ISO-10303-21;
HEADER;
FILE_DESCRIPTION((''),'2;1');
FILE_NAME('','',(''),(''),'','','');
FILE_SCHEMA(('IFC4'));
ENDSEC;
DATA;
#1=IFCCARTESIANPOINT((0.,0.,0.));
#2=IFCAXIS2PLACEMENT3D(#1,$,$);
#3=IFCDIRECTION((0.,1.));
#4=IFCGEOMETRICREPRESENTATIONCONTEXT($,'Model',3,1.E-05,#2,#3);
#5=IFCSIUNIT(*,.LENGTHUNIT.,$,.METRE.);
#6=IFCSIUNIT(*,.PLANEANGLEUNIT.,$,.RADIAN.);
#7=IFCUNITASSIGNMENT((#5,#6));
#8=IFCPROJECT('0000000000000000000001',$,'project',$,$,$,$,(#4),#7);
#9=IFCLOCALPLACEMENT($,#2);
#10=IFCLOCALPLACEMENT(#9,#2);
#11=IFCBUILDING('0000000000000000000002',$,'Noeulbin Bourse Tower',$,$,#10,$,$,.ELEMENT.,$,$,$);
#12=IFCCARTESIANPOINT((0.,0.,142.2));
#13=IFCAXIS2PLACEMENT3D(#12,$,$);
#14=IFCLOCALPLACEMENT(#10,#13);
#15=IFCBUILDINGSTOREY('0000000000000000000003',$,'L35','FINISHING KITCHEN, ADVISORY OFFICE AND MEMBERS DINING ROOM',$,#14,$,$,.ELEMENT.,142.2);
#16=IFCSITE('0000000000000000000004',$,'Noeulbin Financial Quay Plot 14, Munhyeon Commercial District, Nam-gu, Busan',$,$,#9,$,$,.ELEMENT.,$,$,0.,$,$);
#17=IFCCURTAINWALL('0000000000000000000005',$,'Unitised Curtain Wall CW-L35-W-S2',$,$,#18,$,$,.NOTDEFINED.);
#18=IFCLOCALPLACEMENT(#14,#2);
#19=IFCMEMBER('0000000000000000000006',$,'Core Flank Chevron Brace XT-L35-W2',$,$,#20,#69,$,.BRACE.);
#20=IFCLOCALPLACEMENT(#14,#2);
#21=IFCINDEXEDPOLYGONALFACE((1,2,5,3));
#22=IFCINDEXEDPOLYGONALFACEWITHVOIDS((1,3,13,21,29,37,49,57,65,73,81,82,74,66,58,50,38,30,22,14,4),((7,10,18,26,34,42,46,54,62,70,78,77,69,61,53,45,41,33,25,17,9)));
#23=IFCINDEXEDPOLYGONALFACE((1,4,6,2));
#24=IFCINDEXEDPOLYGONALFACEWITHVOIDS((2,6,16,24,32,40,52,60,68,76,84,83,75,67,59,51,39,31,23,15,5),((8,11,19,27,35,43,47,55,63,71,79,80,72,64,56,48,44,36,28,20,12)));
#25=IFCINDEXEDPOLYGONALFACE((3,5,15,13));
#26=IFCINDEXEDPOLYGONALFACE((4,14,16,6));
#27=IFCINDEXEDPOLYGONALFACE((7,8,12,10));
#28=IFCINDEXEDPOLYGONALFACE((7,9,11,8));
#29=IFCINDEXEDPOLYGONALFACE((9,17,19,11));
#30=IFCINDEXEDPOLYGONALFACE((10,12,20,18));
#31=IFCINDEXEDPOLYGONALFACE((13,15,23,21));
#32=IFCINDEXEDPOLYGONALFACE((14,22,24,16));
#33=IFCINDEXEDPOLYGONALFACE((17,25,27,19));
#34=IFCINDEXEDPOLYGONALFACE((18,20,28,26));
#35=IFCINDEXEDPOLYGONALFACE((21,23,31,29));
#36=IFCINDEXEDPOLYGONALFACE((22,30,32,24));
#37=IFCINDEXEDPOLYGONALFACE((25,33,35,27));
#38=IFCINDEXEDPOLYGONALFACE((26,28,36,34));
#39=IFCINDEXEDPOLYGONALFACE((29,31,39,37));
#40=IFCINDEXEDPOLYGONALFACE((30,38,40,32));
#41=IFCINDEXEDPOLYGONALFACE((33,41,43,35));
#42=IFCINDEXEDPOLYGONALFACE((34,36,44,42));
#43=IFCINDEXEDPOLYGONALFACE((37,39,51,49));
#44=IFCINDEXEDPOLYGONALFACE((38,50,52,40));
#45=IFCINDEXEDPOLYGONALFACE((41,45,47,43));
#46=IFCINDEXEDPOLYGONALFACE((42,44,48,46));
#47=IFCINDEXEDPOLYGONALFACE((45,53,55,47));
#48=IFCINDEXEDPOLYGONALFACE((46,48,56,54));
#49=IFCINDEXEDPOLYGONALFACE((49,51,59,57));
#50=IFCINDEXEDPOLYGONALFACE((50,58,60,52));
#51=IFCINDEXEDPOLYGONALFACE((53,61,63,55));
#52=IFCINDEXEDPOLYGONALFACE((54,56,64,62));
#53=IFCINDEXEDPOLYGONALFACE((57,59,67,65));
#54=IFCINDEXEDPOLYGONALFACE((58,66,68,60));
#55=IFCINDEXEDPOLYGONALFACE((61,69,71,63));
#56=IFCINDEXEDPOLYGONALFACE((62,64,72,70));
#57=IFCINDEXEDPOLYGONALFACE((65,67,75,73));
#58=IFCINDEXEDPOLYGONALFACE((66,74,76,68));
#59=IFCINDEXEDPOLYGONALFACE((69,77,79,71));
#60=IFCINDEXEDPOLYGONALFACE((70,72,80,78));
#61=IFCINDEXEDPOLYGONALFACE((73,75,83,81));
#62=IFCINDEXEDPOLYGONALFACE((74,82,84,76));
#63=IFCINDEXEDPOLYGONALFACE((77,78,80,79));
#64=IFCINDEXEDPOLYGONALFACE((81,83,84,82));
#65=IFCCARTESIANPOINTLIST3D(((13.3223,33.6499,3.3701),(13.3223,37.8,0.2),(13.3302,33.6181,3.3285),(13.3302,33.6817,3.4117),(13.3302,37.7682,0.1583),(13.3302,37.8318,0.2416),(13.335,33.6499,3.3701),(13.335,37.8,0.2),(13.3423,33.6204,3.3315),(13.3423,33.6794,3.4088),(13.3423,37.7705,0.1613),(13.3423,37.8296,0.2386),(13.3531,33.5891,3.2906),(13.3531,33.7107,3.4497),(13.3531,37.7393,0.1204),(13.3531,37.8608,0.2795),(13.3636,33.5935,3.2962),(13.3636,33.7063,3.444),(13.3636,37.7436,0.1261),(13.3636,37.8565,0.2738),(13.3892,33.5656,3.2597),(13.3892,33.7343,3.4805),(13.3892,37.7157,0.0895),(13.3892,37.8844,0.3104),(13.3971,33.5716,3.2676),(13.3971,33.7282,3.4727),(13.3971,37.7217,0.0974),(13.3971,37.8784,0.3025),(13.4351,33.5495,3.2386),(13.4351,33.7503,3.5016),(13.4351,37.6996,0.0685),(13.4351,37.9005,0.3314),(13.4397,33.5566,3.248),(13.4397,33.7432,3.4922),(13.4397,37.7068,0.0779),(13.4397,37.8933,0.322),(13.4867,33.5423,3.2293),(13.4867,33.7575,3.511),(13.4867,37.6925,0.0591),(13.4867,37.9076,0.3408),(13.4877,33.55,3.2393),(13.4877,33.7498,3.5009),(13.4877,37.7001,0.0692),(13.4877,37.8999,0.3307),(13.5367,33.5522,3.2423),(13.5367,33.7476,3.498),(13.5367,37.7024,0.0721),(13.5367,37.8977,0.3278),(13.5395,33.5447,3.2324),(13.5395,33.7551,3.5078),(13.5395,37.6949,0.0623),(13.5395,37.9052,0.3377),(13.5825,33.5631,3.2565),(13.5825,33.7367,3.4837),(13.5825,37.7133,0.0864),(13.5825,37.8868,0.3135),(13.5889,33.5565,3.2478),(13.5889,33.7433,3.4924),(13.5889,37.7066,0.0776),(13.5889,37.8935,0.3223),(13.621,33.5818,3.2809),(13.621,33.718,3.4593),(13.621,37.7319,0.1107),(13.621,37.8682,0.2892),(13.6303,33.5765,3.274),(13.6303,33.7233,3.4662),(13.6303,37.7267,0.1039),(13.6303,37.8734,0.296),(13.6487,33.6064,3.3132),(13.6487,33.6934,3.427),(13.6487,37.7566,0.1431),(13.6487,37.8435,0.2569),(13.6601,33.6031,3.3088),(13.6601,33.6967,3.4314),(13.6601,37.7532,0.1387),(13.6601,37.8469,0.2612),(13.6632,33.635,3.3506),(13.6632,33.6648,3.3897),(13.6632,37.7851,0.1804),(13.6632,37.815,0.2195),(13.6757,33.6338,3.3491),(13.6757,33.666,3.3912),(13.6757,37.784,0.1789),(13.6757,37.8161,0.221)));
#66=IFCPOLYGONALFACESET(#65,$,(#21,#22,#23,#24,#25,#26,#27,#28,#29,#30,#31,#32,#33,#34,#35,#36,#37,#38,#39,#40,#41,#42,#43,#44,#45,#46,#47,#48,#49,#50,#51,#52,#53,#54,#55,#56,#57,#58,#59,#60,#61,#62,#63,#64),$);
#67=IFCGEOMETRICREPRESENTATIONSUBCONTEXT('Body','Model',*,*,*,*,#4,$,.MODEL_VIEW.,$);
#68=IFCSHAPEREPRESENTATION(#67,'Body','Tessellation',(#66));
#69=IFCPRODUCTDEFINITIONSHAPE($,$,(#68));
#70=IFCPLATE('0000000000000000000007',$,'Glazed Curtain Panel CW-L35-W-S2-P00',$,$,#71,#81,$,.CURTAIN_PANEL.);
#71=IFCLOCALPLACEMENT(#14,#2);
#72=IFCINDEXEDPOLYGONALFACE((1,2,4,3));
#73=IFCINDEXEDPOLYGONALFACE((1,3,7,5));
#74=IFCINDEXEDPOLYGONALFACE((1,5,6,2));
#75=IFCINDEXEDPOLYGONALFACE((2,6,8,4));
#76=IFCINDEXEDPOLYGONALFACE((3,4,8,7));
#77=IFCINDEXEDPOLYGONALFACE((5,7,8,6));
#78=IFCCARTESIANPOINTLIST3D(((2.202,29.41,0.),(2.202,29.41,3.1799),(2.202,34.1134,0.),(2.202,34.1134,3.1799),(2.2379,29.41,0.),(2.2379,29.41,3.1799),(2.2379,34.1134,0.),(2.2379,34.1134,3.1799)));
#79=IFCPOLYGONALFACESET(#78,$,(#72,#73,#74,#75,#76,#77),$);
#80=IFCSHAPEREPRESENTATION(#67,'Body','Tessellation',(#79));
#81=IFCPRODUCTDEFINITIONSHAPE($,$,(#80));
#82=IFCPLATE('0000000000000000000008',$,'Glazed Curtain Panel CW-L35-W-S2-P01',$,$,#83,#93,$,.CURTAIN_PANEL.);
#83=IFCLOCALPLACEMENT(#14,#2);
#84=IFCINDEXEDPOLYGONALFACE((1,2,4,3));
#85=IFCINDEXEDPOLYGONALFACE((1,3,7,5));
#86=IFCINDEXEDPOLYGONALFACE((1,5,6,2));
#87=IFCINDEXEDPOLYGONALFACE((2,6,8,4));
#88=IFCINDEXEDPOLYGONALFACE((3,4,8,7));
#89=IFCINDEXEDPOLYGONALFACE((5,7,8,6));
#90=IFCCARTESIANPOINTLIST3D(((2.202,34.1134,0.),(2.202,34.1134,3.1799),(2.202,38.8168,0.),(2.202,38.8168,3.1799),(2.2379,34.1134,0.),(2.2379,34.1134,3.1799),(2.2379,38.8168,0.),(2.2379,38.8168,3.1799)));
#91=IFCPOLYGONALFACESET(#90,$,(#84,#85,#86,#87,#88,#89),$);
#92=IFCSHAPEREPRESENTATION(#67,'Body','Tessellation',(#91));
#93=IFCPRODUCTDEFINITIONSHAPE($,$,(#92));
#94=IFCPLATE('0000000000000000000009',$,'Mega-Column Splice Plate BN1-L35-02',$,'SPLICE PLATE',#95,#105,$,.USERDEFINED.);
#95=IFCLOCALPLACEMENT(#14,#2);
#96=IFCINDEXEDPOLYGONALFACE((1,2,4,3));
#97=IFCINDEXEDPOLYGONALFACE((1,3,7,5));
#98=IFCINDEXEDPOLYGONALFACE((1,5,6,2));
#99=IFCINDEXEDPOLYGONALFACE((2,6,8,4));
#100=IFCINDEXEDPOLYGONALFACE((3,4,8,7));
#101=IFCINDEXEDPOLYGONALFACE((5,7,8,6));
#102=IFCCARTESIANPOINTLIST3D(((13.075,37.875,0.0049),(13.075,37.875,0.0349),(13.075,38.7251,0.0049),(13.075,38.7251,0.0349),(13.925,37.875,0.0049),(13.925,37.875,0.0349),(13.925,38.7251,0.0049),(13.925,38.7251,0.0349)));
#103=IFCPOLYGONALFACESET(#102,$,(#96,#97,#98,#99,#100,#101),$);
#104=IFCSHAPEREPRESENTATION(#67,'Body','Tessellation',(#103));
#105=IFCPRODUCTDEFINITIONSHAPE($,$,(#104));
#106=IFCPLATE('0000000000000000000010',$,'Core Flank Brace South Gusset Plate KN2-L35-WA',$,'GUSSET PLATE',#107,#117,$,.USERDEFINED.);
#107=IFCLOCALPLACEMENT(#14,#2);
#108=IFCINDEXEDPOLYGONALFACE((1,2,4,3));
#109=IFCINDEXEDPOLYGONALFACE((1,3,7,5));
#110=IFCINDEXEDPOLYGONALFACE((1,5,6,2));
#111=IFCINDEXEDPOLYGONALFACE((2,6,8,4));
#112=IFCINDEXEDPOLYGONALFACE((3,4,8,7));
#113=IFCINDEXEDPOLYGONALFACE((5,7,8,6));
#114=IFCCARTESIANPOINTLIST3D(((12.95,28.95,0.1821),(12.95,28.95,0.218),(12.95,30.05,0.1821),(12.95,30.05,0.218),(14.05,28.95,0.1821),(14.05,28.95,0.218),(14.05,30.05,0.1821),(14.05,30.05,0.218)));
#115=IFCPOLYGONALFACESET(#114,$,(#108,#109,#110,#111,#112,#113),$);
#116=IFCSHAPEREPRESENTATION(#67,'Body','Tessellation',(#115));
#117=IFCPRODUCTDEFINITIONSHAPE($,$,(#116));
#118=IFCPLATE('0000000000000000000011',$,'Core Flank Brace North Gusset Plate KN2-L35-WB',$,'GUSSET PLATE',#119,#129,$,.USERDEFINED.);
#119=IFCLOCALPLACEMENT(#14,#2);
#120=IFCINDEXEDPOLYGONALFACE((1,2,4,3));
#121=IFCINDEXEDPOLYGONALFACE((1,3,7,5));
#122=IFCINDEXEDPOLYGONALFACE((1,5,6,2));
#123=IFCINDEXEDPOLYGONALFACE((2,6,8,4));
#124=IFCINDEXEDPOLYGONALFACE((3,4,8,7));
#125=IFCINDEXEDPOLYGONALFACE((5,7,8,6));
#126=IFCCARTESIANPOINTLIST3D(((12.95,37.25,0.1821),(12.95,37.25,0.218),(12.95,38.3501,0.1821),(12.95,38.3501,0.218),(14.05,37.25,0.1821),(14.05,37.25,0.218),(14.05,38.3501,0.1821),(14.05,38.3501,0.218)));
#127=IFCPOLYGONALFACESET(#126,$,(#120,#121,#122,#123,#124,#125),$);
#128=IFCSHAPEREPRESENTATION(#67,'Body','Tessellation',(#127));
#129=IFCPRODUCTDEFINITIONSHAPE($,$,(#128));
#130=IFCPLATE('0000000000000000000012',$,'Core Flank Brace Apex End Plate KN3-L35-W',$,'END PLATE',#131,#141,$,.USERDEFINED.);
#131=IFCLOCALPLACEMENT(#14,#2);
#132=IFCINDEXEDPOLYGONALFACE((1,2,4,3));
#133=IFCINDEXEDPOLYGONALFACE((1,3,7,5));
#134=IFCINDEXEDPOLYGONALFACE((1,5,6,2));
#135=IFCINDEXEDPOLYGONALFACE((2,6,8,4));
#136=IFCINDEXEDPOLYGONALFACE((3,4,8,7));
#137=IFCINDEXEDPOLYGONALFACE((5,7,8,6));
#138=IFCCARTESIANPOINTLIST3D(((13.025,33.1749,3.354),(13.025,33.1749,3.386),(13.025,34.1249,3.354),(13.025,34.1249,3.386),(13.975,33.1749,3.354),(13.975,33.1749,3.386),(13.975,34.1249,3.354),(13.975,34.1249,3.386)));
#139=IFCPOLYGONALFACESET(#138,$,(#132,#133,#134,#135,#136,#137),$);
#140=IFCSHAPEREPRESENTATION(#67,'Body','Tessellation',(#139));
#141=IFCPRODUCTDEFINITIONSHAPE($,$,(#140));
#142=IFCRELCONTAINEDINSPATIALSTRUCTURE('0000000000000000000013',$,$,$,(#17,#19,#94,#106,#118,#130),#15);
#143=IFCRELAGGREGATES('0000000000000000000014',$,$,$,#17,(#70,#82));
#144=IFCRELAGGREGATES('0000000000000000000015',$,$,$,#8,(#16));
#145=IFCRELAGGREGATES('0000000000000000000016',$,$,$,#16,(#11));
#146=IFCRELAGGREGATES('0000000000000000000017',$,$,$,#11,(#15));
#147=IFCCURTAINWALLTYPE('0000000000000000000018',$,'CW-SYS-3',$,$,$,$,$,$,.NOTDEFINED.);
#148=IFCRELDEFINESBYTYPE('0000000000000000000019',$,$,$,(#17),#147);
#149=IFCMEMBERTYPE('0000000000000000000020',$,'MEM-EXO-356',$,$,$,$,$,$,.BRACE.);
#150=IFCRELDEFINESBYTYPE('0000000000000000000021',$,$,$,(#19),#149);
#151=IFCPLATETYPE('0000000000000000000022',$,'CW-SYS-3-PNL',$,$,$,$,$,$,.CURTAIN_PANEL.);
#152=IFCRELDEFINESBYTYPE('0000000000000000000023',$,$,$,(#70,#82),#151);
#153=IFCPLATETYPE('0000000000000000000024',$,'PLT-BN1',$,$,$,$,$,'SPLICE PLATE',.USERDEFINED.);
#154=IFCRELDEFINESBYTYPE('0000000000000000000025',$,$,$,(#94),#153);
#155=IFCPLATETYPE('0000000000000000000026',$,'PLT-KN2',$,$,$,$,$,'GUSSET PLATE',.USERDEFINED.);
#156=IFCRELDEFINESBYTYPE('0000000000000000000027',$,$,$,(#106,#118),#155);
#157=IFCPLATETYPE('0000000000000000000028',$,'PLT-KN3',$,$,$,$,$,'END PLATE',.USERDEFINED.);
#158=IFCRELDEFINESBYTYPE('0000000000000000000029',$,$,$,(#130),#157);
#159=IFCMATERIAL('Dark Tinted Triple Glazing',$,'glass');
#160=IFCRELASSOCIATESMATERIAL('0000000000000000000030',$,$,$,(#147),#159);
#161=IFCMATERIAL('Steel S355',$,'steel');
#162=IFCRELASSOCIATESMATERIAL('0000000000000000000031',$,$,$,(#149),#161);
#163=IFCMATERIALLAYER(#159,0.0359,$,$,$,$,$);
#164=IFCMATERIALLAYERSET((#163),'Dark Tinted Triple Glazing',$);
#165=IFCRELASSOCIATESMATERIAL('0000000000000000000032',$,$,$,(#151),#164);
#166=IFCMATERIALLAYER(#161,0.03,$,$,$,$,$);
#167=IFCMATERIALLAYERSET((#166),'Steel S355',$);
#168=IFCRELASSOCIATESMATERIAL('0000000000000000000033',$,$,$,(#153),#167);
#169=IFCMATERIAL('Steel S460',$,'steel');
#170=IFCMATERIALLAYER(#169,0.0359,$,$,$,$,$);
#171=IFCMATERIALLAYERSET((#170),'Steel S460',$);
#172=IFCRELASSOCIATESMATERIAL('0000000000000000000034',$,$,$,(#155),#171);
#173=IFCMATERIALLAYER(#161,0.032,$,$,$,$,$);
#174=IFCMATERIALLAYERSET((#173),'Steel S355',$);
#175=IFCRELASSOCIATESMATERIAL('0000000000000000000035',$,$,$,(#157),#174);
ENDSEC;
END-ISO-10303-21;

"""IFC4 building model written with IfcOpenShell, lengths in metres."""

from ifc_helpers import new_model, si_unit, direction, frame, origin, origin_2d, place, context, subcontext, project, spatial, rectangle, hollow_circle, extrude, material, layer, layer_set, material_profile, profile_set, type_object, element, aggregate, save


model = new_model("IFC4")

# Units and contexts
model_context = context("Model", 3, precision=1e-05, world=origin(), true_north=direction((0.0, 1.0)))
body_context = subcontext(model_context, "Body", "Model", "MODEL_VIEW")
ifc_project = project(units=[si_unit("LENGTHUNIT", "METRE"), si_unit("PLANEANGLEUNIT", "RADIAN")], contexts=[model_context])

# Site, building, storey
site_placement = place(None, origin())
site = spatial("IfcSite", under=ifc_project, at=site_placement, Name="Noeulbin Financial Quay Plot 14, Munhyeon Commercial District, Nam-gu, Busan", CompositionType="ELEMENT", RefElevation=0.0)
building_placement = place(site_placement, origin())
building = spatial("IfcBuilding", under=site, at=building_placement, Name="Noeulbin Bourse Tower", CompositionType="ELEMENT")
storey_placement = place(building_placement, frame((0.0, 0.0, 142.2)))
storey = spatial("IfcBuildingStorey", under=building, at=storey_placement, Name="L35", Description="FINISHING KITCHEN, ADVISORY OFFICE AND MEMBERS DINING ROOM", CompositionType="ELEMENT", Elevation=142.2)

# Shared definitions
ifc_material_1 = material(Name="Steel S460", Category="steel")

# Shared definitions
ifc_material_2 = material(Name="Steel S355", Category="steel")

# Curtain wall
ifc_material_3 = material(Name="Dark Tinted Triple Glazing", Category="glass")
curtain_wall_type = type_object("IfcCurtainWallType", Name="CW-SYS-3", PredefinedType="NOTDEFINED", material=ifc_material_3)
curtain_wall_placement = place(storey_placement, origin())
curtain_wall = element("IfcCurtainWall", 1, at=curtain_wall_placement, inside=storey, type_object=curtain_wall_type, Name="Unitised Curtain Wall CW-L35-W-S2", PredefinedType="NOTDEFINED")

# Member
ifc_material_profile_1 = material_profile(ifc_material_2, hollow_circle(Radius=0.1777, WallThickness=0.0127, at=origin_2d()), Name="CHS-355.6x12.7", Category="LoadBearing")
ifc_profile_set_1 = profile_set([ifc_material_profile_1], Name="Steel S355")
member_type_1 = type_object("IfcMemberType", Name="MEM-EXO-356", PredefinedType="BRACE", material=ifc_profile_set_1)
member_1_placement = place(storey_placement, frame((13.5, 33.6499, 3.3701), z_axis=(0.0, 0.794679, -0.60703), x_axis=(-1.0, 0.0, 0.0)))
element("IfcMember", 2, at=member_1_placement, inside=storey, type_object=member_type_1, Name="Core Flank Chevron Brace XT-L35-W2", PredefinedType="BRACE", context=body_context, shape_type="SweptSolid", body=[
    extrude(hollow_circle(Radius=0.1777, WallThickness=0.0127, at=origin_2d()), origin(), (0.0, 0.0, 1.0), 5.2224),
])

# Plates
ifc_layer_1 = layer(ifc_material_3, 0.0359)
ifc_layer_set_1 = layer_set([ifc_layer_1], Name="Dark Tinted Triple Glazing")
plate_type_1 = type_object("IfcPlateType", Name="CW-SYS-3-PNL", PredefinedType="CURTAIN_PANEL", material=ifc_layer_set_1)
plate_1_placement = place(storey_placement, frame((2.22, 31.7617, 0.0), z_axis=(0.0, 0.0, 1.0), x_axis=(0.0, 1.0, 0.0)))
plate_1 = element("IfcPlate", 3, at=plate_1_placement, type_object=plate_type_1, Name="Glazed Curtain Panel CW-L35-W-S2-P00", PredefinedType="CURTAIN_PANEL", context=body_context, shape_type="SweptSolid", body=[
    extrude(rectangle(XDim=4.7034, YDim=0.0359, at=origin_2d()), origin(), (0.0, 0.0, 1.0), 3.1799),
])
plate_2_placement = place(storey_placement, frame((2.22, 36.4651, 0.0), z_axis=(0.0, 0.0, 1.0), x_axis=(0.0, 1.0, 0.0)))
plate_2 = element("IfcPlate", 4, at=plate_2_placement, type_object=plate_type_1, Name="Glazed Curtain Panel CW-L35-W-S2-P01", PredefinedType="CURTAIN_PANEL", context=body_context, shape_type="SweptSolid", body=[
    extrude(rectangle(XDim=4.7034, YDim=0.0359, at=origin_2d()), origin(), (0.0, 0.0, 1.0), 3.1799),
])
aggregate(curtain_wall, [plate_1, plate_2])

# Plates
ifc_layer_2 = layer(ifc_material_2, 0.03)
ifc_layer_set_2 = layer_set([ifc_layer_2], Name="Steel S355")
plate_type_2 = type_object("IfcPlateType", Name="PLT-BN1", ElementType="SPLICE PLATE", PredefinedType="USERDEFINED", material=ifc_layer_set_2)
plate_3_placement = place(storey_placement, frame((13.5, 38.3, 0.0049), z_axis=(0.0, 0.0, 1.0), x_axis=(1.0, 0.0, 0.0)))
element("IfcPlate", 5, at=plate_3_placement, inside=storey, type_object=plate_type_2, Name="Mega-Column Splice Plate BN1-L35-02", ObjectType="SPLICE PLATE", PredefinedType="USERDEFINED", context=body_context, shape_type="SweptSolid", body=[
    extrude(rectangle(XDim=0.8501, YDim=0.8501, at=origin_2d()), origin(), (0.0, 0.0, 1.0), 0.03),
])
ifc_layer_3 = layer(ifc_material_1, 0.0359)
ifc_layer_set_3 = layer_set([ifc_layer_3], Name="Steel S460")
plate_type_3 = type_object("IfcPlateType", Name="PLT-KN2", ElementType="GUSSET PLATE", PredefinedType="USERDEFINED", material=ifc_layer_set_3)
for number, where, z_axis, x_axis, name in (
    (6, (13.5, 29.5, 0.1821), (0.0, 0.0, 1.0), (1.0, 0.0, 0.0), "Core Flank Brace South Gusset Plate KN2-L35-WA"),
    (7, (13.5, 37.8, 0.1821), (0.0, 0.0, 1.0), (1.0, 0.0, 0.0), "Core Flank Brace North Gusset Plate KN2-L35-WB"),
):
    element("IfcPlate", number, at=place(storey_placement, frame(where, z_axis=z_axis, x_axis=x_axis)), inside=storey, type_object=plate_type_3, Name=name, ObjectType="GUSSET PLATE", PredefinedType="USERDEFINED", context=body_context, shape_type="SweptSolid", body=[
        extrude(rectangle(XDim=1.1001, YDim=1.1001, at=origin_2d()), origin(), (0.0, 0.0, 1.0), 0.0359),
    ])
ifc_layer_4 = layer(ifc_material_2, 0.032)
ifc_layer_set_4 = layer_set([ifc_layer_4], Name="Steel S355")
plate_type_4 = type_object("IfcPlateType", Name="PLT-KN3", ElementType="END PLATE", PredefinedType="USERDEFINED", material=ifc_layer_set_4)
plate_4_placement = place(storey_placement, frame((13.5, 33.6499, 3.354), z_axis=(0.0, 0.0, 1.0), x_axis=(1.0, 0.0, 0.0)))
element("IfcPlate", 8, at=plate_4_placement, inside=storey, type_object=plate_type_4, Name="Core Flank Brace Apex End Plate KN3-L35-W", ObjectType="END PLATE", PredefinedType="USERDEFINED", context=body_context, shape_type="SweptSolid", body=[
    extrude(rectangle(XDim=0.95, YDim=0.95, at=origin_2d()), origin(), (0.0, 0.0, 1.0), 0.032),
])

save(model, "model.ifc")
